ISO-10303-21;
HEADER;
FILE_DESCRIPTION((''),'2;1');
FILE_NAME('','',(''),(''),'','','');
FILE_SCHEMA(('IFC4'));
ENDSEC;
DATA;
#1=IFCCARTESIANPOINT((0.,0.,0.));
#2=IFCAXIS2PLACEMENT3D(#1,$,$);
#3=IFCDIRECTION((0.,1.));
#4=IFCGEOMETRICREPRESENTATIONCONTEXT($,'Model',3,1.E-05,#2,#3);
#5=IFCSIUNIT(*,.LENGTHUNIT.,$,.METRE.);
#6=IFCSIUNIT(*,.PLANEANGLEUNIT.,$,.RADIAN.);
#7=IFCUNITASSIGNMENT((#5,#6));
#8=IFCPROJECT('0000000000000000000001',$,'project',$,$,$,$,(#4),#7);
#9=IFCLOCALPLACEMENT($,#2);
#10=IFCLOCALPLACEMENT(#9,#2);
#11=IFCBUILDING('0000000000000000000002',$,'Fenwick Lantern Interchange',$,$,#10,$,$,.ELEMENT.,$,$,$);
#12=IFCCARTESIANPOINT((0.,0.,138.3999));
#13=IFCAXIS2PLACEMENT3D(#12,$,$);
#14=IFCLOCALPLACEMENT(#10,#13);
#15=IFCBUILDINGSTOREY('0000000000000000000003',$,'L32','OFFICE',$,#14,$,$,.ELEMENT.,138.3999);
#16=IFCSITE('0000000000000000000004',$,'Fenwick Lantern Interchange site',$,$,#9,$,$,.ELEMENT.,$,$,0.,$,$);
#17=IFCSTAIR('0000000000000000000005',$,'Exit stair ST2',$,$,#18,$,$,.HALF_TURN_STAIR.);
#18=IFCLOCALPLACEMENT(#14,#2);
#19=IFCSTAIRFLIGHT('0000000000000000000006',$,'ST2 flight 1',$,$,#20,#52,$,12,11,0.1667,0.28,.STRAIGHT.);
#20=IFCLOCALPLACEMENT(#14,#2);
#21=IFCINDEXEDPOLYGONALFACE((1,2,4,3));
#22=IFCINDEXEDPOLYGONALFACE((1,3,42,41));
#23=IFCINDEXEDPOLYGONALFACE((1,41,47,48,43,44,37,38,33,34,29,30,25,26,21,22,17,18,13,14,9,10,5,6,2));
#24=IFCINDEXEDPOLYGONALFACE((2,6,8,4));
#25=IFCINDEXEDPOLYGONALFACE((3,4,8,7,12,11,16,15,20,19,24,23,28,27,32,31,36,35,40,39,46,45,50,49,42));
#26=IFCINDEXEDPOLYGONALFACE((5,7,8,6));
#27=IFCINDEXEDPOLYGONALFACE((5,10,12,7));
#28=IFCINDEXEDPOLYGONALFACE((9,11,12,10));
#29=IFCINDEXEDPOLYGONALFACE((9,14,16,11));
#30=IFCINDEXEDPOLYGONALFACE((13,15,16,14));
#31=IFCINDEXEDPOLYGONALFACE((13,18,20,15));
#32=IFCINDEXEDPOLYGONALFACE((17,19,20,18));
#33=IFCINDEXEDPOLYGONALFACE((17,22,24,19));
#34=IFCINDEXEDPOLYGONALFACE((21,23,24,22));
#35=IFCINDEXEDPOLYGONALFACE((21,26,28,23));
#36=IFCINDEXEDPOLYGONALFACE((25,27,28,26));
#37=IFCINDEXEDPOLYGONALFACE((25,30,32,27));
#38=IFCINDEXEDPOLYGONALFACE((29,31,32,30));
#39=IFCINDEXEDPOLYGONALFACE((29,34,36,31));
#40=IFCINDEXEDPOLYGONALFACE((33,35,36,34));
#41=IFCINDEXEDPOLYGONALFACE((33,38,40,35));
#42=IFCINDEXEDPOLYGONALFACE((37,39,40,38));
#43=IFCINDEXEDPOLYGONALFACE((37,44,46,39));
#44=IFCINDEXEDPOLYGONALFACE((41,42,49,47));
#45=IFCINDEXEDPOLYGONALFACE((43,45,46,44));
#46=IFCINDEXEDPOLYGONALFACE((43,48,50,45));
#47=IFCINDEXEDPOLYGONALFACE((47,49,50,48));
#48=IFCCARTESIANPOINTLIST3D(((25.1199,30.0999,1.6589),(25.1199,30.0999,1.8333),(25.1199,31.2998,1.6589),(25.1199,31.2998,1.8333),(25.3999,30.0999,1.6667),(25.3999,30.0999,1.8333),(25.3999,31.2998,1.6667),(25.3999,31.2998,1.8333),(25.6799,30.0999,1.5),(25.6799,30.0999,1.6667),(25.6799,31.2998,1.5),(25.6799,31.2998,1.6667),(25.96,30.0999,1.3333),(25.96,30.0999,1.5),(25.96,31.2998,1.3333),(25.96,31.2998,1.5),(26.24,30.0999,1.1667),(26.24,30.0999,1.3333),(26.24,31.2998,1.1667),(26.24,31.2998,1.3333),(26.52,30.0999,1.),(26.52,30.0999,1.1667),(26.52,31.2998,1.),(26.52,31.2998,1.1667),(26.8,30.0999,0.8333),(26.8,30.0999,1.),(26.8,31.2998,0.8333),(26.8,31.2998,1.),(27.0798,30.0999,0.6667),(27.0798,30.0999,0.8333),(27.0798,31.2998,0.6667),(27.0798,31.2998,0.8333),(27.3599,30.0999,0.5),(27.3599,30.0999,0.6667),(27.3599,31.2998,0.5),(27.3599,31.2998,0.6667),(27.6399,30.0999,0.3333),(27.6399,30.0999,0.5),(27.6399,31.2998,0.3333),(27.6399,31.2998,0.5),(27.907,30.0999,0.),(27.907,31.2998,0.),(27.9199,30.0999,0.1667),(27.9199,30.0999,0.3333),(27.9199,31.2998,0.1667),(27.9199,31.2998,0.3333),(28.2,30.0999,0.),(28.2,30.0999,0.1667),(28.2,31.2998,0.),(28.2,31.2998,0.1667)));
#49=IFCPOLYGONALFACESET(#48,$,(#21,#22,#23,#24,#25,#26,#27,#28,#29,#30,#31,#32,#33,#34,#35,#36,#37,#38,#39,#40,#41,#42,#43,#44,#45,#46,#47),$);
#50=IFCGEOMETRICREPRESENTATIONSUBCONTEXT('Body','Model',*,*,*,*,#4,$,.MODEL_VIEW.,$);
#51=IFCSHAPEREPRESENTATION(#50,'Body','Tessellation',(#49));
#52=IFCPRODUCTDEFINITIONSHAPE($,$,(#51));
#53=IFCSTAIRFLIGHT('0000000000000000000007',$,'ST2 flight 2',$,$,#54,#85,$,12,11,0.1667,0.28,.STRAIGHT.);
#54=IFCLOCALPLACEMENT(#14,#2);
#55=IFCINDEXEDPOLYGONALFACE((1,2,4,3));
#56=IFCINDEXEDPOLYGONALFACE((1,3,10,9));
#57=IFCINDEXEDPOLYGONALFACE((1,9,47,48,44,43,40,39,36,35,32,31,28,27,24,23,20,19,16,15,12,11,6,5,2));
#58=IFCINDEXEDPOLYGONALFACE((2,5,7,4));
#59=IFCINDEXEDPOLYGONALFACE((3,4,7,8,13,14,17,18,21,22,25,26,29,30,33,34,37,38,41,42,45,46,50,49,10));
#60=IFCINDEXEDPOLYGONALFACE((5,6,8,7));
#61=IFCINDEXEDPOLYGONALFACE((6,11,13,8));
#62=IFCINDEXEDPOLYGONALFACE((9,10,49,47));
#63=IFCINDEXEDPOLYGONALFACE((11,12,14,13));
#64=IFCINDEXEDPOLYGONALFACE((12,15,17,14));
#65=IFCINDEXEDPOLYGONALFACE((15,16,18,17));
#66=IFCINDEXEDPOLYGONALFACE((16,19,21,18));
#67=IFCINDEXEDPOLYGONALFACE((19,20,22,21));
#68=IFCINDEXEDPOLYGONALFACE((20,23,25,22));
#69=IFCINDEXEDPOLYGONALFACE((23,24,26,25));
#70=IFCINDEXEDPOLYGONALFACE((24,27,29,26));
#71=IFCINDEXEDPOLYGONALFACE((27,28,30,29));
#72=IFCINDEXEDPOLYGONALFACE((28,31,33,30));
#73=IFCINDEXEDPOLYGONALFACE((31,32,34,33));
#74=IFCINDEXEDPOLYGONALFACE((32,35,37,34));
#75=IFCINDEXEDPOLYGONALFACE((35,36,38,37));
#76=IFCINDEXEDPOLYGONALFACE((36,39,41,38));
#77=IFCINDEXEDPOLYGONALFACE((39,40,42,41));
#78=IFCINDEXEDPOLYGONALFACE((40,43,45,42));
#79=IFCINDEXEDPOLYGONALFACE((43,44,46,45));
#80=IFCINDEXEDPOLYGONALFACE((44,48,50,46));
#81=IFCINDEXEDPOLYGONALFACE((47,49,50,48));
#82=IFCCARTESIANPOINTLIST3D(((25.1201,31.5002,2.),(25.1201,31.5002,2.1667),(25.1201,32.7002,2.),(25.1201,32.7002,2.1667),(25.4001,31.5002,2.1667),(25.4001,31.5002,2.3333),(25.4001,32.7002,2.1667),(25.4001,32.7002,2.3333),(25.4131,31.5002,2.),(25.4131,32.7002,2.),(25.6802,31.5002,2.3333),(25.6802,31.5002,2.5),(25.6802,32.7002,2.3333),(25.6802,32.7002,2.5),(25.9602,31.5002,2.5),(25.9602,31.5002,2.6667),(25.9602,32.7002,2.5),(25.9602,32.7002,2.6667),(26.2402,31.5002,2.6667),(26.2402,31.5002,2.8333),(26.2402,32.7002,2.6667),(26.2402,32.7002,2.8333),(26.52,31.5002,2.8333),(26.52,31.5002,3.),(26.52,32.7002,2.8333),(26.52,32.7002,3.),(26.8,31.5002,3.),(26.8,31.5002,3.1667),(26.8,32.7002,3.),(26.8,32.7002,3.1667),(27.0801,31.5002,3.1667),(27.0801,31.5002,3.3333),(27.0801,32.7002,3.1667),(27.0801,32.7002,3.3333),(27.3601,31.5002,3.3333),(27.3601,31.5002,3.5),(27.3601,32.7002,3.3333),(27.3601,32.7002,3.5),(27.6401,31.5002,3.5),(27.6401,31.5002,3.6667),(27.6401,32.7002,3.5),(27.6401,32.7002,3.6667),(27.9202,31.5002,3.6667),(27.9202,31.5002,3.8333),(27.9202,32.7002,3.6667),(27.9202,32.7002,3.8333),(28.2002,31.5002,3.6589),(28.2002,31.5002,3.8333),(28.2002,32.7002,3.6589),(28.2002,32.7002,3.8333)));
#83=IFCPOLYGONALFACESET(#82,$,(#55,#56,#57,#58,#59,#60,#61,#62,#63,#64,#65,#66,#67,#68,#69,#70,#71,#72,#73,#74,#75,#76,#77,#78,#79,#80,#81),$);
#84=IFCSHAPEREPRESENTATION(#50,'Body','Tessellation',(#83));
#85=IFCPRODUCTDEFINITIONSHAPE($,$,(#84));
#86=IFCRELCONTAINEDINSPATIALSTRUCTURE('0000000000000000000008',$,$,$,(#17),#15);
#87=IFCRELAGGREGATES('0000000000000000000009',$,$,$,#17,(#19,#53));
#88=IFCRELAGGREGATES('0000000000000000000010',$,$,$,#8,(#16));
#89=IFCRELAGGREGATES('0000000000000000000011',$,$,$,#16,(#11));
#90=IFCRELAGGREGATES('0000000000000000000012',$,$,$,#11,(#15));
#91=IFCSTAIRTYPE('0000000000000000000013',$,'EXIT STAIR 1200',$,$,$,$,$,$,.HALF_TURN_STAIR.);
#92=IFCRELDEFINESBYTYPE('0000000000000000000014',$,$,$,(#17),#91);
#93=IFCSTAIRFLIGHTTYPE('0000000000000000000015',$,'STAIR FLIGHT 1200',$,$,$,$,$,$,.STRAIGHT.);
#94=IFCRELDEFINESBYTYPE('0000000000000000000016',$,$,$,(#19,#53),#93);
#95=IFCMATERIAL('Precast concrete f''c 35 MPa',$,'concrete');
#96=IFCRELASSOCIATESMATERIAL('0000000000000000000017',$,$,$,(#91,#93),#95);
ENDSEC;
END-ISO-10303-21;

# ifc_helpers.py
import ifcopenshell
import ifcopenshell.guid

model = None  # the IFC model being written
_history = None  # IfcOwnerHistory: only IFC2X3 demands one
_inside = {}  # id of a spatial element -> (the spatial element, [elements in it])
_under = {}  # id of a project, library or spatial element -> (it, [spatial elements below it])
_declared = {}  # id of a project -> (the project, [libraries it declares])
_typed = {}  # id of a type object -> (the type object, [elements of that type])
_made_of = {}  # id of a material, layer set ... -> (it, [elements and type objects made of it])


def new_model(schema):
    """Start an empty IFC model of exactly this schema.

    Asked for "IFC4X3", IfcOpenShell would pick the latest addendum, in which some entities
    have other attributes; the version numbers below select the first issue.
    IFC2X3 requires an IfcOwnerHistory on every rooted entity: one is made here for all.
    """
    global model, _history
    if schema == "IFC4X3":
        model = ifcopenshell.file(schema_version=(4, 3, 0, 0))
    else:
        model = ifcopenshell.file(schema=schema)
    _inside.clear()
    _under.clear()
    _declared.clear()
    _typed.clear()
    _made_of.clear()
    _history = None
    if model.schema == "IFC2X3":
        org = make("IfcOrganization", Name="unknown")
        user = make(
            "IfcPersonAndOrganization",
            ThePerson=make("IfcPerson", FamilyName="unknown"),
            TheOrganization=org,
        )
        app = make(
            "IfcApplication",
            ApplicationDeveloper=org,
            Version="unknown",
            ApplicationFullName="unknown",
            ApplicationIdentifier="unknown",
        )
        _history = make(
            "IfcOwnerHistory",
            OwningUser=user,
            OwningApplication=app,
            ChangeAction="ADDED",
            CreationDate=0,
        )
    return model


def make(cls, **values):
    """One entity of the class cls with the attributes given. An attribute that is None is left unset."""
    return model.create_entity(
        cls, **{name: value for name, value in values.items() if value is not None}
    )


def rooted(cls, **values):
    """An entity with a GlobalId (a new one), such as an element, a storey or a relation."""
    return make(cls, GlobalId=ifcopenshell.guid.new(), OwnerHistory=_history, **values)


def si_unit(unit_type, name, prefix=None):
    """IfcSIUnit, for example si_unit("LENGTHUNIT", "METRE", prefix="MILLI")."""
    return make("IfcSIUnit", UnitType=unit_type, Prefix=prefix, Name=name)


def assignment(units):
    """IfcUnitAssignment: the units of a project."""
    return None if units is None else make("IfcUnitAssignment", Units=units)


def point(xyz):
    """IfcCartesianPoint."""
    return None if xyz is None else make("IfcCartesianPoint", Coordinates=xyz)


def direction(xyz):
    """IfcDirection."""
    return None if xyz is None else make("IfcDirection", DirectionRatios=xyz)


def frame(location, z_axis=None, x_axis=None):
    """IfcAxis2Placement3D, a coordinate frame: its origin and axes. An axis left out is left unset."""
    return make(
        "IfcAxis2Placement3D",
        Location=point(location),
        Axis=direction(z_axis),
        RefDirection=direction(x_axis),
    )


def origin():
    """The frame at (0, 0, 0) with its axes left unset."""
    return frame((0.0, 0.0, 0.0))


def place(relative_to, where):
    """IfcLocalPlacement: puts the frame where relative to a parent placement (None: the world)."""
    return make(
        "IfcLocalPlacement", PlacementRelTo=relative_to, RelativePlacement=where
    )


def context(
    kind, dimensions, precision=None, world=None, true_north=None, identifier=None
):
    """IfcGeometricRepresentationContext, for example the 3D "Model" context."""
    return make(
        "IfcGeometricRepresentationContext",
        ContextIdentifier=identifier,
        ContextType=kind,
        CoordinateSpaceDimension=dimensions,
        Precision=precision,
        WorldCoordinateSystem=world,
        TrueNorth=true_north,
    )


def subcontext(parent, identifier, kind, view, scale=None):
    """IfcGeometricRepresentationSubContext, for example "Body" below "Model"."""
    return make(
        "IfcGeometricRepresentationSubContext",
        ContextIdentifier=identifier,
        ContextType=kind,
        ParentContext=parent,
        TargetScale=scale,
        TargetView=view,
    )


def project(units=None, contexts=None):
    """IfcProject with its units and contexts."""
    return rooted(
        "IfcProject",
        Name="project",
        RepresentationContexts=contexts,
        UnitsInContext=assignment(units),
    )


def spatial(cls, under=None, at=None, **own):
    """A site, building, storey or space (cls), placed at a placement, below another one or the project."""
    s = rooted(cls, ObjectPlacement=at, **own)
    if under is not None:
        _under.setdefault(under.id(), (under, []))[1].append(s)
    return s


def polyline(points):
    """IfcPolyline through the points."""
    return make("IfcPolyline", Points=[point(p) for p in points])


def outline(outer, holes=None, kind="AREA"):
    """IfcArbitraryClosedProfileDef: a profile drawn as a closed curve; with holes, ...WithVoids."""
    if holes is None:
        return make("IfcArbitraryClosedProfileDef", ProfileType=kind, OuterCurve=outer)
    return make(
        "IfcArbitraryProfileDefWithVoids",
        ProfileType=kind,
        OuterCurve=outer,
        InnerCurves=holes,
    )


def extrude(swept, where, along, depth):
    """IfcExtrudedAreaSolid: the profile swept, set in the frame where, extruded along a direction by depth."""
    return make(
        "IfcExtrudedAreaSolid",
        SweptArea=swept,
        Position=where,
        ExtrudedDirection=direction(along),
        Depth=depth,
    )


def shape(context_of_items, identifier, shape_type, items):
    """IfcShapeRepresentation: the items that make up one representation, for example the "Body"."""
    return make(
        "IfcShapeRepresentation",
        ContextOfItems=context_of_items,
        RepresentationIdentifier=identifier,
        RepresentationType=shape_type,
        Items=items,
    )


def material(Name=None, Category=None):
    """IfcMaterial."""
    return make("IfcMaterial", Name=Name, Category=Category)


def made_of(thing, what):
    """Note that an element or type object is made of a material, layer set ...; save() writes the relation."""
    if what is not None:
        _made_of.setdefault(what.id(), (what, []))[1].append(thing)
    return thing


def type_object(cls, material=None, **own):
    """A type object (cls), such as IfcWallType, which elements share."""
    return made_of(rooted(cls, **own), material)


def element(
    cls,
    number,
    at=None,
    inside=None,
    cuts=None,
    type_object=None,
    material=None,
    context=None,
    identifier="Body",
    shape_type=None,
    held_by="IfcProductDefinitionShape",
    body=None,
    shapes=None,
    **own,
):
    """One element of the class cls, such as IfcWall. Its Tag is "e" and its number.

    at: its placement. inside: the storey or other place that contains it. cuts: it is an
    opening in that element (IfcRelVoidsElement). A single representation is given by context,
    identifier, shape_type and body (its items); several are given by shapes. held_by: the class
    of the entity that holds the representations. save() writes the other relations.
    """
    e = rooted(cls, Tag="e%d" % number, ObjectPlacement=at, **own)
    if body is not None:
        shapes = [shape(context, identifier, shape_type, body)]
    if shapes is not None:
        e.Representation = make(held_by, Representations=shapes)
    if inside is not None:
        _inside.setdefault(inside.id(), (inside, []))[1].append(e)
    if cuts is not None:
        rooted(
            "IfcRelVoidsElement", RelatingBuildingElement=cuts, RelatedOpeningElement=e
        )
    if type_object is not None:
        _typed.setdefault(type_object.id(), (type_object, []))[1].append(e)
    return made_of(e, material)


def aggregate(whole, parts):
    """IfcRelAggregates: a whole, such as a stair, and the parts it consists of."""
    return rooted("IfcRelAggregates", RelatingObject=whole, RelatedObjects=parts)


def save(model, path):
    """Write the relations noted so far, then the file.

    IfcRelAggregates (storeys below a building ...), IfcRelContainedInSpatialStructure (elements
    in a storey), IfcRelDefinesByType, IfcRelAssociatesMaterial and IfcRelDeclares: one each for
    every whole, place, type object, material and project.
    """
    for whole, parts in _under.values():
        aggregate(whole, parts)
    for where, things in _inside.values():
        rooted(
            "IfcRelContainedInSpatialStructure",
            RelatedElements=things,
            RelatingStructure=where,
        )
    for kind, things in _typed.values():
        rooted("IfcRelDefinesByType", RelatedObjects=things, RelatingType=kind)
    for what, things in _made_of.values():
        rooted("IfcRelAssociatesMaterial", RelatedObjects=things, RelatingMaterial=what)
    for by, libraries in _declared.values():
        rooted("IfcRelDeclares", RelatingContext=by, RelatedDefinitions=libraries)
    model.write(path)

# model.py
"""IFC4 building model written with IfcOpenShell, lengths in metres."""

from ifc_helpers import new_model, si_unit, direction, frame, origin, place, context, subcontext, project, spatial, polyline, outline, extrude, material, type_object, element, aggregate, save


model = new_model("IFC4")

# Units and contexts
model_context = context("Model", 3, precision=1e-05, world=origin(), true_north=direction((0.0, 1.0)))
body_context = subcontext(model_context, "Body", "Model", "MODEL_VIEW")
ifc_project = project(units=[si_unit("LENGTHUNIT", "METRE"), si_unit("PLANEANGLEUNIT", "RADIAN")], contexts=[model_context])

# Site, building, storey
site_placement = place(None, origin())
site = spatial("IfcSite", under=ifc_project, at=site_placement, Name="Fenwick Lantern Interchange site", CompositionType="ELEMENT", RefElevation=0.0)
building_placement = place(site_placement, origin())
building = spatial("IfcBuilding", under=site, at=building_placement, Name="Fenwick Lantern Interchange", CompositionType="ELEMENT")
storey_placement = place(building_placement, frame((0.0, 0.0, 138.3999)))
storey = spatial("IfcBuildingStorey", under=building, at=storey_placement, Name="L32", Description="OFFICE", CompositionType="ELEMENT", Elevation=138.3999)

# Stair, stair flights
ifc_material_1 = material(Name="Precast concrete f'c 35 MPa", Category="concrete")
stair_type = type_object("IfcStairType", Name="EXIT STAIR 1200", PredefinedType="HALF_TURN_STAIR", material=ifc_material_1)
stair_placement = place(storey_placement, origin())
stair = element("IfcStair", 1, at=stair_placement, inside=storey, type_object=stair_type, Name="Exit stair ST2", PredefinedType="HALF_TURN_STAIR")
stair_flight_type = type_object("IfcStairFlightType", Name="STAIR FLIGHT 1200", PredefinedType="STRAIGHT", material=ifc_material_1)
stair_flight_1_placement = place(storey_placement, frame((28.2, 30.7, 0.0), z_axis=(0.0, 0.0, 1.0), x_axis=(-1.0, 0.0, 0.0)))
stair_flight_1 = element("IfcStairFlight", 2, at=stair_flight_1_placement, type_object=stair_flight_type, Name="ST2 flight 1", NumberOfRisers=12, NumberOfTreads=11, PredefinedType="STRAIGHT", RiserHeight=0.1667, TreadLength=0.28, context=body_context, shape_type="SweptSolid", body=[
    extrude(outline(polyline([(0.0, 0.0), (0.0, 0.1667), (0.28, 0.1667), (0.28, 0.3333), (0.5601, 0.3333), (0.5601, 0.5), (0.8401, 0.5), (0.8401, 0.6667), (1.1201, 0.6667), (1.1201, 0.8333), (1.3999, 0.8333), (1.3999, 1.0), (1.6799, 1.0), (1.6799, 1.1667), (1.96, 1.1667), (1.96, 1.3333), (2.24, 1.3333), (2.24, 1.5), (2.52, 1.5), (2.52, 1.6667), (2.8, 1.6667), (2.8, 1.8333), (3.0801, 1.8333), (3.0801, 2.0), (3.0801, 1.6589), (0.293, 0.0), (0.0, 0.0)])), frame((0.0, 0.6001, 0.0), z_axis=(0.0, -1.0, 0.0), x_axis=(1.0, 0.0, 0.0)), (0.0, 0.0, 1.0), 1.2),
])
stair_flight_2_placement = place(storey_placement, frame((25.1201, 32.1001, 2.0), z_axis=(0.0, 0.0, 1.0), x_axis=(1.0, 0.0, 0.0)))
stair_flight_2 = element("IfcStairFlight", 3, at=stair_flight_2_placement, type_object=stair_flight_type, Name="ST2 flight 2", NumberOfRisers=12, NumberOfTreads=11, PredefinedType="STRAIGHT", RiserHeight=0.1667, TreadLength=0.28, context=body_context, shape_type="SweptSolid", body=[
    extrude(outline(polyline([(0.0, 0.0), (0.0, 0.1667), (0.28, 0.1667), (0.28, 0.3333), (0.5601, 0.3333), (0.5601, 0.5), (0.8401, 0.5), (0.8401, 0.6667), (1.1201, 0.6667), (1.1201, 0.8333), (1.3999, 0.8333), (1.3999, 1.0), (1.6799, 1.0), (1.6799, 1.1667), (1.96, 1.1667), (1.96, 1.3333), (2.24, 1.3333), (2.24, 1.5), (2.52, 1.5), (2.52, 1.6667), (2.8, 1.6667), (2.8, 1.8333), (3.0801, 1.8333), (3.0801, 2.0), (3.0801, 1.6589), (0.293, 0.0), (0.0, 0.0)])), frame((0.0, 0.6001, 0.0), z_axis=(0.0, -1.0, 0.0), x_axis=(1.0, 0.0, 0.0)), (0.0, 0.0, 1.0), 1.2),
])
aggregate(stair, [stair_flight_1, stair_flight_2])

save(model, "model.ifc")
